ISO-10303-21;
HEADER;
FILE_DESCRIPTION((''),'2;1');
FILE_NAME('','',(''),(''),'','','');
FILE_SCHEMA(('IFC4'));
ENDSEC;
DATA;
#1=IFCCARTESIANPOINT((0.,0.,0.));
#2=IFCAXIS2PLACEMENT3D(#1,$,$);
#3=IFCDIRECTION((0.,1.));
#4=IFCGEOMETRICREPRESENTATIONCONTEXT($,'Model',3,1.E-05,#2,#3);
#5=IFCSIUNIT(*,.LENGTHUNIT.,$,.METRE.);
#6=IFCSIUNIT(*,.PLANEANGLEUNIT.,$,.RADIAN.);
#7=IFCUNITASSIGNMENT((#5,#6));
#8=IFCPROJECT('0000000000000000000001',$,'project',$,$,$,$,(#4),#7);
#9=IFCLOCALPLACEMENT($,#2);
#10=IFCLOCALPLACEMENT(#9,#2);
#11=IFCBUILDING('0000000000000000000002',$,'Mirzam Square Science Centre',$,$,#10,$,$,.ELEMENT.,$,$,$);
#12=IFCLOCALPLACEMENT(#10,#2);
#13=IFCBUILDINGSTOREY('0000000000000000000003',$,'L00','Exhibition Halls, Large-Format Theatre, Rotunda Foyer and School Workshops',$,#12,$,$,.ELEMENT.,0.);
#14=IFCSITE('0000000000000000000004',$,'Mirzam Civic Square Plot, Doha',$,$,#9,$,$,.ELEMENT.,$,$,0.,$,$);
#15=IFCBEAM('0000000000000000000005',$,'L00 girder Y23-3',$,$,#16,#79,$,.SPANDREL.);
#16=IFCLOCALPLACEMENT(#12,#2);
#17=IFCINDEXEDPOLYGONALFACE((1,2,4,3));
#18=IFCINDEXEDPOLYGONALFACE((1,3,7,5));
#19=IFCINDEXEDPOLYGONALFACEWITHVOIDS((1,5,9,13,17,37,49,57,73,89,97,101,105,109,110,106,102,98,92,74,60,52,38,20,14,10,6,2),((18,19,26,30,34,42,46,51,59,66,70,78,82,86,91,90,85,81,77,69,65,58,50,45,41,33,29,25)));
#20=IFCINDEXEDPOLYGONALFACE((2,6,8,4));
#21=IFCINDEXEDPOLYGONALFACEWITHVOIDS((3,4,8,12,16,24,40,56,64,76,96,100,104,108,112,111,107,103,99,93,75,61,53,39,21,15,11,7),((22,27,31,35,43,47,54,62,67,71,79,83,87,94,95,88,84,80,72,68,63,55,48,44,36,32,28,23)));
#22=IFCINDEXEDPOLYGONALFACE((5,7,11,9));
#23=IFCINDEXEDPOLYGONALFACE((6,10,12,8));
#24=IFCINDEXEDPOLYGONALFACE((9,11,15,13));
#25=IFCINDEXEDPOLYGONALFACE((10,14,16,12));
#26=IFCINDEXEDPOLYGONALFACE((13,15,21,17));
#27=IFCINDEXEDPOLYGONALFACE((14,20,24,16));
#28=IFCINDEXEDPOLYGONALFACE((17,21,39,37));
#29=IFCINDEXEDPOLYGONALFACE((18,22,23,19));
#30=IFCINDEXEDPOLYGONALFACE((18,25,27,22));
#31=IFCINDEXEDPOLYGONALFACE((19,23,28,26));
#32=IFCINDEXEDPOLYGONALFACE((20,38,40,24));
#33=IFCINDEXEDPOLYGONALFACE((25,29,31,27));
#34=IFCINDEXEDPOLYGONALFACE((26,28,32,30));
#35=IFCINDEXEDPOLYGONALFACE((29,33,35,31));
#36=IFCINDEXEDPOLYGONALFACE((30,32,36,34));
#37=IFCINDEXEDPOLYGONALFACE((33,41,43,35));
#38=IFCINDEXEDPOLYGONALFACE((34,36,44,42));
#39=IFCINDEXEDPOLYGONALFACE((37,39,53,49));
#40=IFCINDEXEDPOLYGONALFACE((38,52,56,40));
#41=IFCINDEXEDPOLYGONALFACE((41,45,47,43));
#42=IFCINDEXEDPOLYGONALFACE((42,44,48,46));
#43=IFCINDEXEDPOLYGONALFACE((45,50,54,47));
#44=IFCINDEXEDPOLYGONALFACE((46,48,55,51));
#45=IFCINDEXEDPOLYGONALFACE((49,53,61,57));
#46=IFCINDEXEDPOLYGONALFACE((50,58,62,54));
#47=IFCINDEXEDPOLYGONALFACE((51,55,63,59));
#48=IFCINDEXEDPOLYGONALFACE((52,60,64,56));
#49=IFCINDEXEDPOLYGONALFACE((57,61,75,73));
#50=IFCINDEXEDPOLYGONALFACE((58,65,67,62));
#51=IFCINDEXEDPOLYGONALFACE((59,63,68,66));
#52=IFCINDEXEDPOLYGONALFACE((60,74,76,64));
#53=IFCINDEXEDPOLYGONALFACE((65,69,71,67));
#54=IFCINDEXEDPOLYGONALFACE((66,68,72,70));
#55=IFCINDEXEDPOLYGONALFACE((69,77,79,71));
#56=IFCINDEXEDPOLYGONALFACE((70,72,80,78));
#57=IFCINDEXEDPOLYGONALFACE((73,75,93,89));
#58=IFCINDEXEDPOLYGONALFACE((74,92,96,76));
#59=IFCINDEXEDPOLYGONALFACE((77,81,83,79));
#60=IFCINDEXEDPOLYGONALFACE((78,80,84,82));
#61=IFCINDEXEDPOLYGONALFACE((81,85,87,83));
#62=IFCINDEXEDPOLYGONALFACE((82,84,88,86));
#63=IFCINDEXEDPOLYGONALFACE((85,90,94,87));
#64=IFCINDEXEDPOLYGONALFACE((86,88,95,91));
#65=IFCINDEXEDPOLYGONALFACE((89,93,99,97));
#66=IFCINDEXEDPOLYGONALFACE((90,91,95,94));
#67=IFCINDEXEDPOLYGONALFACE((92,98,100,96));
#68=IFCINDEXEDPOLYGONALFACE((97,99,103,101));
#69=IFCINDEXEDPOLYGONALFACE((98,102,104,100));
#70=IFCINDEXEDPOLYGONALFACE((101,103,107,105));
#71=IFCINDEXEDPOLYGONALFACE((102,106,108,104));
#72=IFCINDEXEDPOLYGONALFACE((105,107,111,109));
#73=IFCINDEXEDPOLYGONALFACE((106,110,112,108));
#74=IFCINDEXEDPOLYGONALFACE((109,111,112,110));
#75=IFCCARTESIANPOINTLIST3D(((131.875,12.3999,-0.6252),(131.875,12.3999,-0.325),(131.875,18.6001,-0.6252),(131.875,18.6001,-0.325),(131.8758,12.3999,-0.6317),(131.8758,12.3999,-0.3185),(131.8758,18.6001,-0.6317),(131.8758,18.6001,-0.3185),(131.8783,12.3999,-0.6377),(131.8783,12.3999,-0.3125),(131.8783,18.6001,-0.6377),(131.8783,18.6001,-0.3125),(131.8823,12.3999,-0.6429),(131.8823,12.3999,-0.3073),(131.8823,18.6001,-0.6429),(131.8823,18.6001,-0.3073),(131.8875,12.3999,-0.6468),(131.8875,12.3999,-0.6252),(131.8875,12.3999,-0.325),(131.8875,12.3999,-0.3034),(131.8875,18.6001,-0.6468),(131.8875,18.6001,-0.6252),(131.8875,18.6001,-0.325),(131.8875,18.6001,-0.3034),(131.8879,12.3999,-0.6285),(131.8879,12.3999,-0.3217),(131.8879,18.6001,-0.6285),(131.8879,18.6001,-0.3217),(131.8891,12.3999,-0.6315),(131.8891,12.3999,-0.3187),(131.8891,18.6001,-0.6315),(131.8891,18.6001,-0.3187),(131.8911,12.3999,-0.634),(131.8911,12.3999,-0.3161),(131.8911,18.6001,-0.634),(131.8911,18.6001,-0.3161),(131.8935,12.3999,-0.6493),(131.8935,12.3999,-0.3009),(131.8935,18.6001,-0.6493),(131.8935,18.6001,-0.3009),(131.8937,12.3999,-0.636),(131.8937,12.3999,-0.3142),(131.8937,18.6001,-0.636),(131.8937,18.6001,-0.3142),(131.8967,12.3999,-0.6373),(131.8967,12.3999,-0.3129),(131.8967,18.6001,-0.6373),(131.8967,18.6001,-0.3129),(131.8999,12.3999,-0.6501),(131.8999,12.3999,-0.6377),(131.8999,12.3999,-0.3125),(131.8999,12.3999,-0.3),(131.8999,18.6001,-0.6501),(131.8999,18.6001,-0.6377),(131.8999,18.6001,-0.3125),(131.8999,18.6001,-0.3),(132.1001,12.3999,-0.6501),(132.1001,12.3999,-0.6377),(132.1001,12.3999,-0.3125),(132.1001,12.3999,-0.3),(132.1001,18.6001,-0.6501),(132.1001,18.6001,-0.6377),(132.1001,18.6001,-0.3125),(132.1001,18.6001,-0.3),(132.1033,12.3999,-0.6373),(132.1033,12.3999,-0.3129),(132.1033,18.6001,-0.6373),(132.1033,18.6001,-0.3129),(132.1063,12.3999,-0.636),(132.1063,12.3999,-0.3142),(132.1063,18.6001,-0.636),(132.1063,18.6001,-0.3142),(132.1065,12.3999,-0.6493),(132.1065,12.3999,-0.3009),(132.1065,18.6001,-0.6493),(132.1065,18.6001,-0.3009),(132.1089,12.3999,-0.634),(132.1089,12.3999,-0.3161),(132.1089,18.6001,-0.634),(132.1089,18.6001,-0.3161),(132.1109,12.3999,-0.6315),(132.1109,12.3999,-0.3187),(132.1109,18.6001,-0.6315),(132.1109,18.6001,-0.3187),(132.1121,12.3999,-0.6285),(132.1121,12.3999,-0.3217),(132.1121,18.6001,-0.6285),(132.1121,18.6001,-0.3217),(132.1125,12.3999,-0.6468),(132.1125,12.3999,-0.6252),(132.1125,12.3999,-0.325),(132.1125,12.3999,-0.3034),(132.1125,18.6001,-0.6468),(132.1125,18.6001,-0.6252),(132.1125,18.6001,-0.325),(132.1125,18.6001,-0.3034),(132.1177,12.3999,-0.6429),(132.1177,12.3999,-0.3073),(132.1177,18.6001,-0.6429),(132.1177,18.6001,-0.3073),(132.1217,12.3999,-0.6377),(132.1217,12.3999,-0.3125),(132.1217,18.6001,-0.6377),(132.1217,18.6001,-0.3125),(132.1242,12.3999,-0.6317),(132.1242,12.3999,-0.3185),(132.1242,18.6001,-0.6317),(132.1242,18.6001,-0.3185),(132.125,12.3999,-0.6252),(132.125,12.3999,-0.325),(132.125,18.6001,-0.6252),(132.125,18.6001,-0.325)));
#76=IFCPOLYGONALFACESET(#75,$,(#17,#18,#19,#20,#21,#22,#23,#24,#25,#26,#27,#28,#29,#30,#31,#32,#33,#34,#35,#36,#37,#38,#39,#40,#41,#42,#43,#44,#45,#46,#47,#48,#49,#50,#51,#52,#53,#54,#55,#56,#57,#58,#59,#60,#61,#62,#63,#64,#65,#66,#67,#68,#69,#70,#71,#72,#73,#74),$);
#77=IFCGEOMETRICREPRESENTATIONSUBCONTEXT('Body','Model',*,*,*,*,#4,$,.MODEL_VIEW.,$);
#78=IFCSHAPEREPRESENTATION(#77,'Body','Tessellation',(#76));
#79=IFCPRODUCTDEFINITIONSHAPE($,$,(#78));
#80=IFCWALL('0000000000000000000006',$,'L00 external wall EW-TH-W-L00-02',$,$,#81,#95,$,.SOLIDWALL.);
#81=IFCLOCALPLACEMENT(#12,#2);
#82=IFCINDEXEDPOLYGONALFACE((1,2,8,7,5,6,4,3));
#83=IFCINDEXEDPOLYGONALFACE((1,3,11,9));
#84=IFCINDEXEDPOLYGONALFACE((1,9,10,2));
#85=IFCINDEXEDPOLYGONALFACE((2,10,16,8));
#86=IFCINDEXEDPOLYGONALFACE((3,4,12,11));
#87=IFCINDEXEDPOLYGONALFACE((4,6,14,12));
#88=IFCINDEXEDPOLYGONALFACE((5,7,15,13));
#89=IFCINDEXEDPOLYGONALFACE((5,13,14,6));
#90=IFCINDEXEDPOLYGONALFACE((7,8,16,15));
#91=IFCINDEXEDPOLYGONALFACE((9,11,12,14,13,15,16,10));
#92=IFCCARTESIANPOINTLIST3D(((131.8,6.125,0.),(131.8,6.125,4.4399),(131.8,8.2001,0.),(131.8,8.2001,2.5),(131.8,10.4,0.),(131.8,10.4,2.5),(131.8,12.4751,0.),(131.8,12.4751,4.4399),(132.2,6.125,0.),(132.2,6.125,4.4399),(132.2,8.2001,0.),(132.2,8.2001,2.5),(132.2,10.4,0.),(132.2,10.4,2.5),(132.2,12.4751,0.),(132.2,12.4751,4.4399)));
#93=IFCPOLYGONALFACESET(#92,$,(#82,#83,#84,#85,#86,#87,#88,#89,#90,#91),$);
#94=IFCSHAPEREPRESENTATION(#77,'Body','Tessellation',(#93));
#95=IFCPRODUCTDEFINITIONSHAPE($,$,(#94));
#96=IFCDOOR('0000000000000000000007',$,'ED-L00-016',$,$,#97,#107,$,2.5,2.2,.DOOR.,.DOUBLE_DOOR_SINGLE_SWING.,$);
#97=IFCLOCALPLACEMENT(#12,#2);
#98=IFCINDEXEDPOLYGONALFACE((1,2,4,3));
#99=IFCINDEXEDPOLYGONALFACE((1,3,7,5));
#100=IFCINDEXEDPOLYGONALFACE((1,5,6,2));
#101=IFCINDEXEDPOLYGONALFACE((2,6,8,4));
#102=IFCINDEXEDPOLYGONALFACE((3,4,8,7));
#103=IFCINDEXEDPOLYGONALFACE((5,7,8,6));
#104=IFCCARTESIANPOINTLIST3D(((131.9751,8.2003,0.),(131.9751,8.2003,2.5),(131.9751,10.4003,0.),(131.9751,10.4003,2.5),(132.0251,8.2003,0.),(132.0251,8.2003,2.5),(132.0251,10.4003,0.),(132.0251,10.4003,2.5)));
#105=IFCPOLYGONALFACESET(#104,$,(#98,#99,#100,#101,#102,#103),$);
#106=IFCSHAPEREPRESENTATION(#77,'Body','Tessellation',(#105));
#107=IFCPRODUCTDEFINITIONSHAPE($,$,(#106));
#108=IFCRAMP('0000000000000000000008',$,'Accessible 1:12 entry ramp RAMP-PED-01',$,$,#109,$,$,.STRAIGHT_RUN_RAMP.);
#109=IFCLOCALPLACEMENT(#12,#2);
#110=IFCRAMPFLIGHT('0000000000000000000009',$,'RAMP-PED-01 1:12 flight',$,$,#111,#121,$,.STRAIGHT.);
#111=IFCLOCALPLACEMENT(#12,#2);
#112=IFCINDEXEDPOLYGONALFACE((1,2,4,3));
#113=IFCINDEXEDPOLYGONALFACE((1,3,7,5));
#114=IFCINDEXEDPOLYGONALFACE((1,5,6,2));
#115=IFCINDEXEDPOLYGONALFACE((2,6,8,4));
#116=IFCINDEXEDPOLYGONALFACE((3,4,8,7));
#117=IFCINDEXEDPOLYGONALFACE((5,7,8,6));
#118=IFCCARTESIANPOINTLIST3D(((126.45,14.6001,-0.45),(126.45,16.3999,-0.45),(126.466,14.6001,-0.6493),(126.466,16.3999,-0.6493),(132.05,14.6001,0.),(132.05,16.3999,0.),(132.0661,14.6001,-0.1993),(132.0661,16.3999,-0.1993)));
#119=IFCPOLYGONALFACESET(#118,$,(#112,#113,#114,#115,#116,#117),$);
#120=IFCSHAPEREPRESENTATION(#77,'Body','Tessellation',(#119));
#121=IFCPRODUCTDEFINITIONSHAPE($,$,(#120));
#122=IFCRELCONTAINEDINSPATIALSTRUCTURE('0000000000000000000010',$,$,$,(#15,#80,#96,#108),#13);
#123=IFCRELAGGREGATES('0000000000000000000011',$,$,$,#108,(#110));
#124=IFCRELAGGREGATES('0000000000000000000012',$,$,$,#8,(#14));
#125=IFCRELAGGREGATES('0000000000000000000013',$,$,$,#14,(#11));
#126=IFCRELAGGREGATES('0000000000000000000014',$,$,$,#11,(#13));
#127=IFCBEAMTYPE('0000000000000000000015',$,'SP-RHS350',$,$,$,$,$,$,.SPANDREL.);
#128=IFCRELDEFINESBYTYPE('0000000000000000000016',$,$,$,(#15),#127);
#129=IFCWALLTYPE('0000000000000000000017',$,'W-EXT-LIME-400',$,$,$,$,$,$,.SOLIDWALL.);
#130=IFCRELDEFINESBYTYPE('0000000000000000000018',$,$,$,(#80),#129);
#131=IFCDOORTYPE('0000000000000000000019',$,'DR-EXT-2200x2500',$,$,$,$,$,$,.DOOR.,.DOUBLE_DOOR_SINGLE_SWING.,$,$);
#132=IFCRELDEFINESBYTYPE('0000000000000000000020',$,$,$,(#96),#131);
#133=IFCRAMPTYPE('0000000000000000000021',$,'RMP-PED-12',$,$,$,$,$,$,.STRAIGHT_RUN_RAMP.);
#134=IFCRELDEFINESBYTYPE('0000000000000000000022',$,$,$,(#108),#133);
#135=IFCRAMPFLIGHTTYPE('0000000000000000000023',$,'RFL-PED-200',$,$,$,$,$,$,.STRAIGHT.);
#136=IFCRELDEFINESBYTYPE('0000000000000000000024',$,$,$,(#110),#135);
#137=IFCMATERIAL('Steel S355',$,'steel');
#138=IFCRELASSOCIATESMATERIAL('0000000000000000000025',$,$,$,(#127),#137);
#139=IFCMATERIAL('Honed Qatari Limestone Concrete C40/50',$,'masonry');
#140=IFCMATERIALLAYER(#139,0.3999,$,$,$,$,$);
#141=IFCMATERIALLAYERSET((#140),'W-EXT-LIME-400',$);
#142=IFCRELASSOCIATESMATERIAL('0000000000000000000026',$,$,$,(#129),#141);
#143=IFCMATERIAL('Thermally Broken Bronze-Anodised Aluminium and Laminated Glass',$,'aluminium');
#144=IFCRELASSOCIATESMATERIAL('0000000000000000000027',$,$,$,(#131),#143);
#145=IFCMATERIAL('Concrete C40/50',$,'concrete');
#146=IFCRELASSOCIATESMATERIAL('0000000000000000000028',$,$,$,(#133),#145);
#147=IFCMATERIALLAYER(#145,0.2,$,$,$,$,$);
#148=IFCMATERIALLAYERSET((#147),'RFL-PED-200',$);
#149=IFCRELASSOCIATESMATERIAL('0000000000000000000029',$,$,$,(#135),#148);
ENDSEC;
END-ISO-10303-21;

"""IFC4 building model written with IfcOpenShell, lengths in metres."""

from ifc_helpers import new_model, si_unit, direction, frame, frame_2d, origin, origin_2d, place, context, subcontext, project, spatial, polyline, rectangle, hollow_rectangle, outline, extrude, material, layer, layer_set, material_profile, profile_set, type_object, element, fill, aggregate, save


model = new_model("IFC4")

# Units and contexts
model_context = context("Model", 3, precision=1e-05, world=origin(), true_north=direction((0.0, 1.0)))
body_context = subcontext(model_context, "Body", "Model", "MODEL_VIEW")
ifc_project = project(units=[si_unit("LENGTHUNIT", "METRE"), si_unit("PLANEANGLEUNIT", "RADIAN")], contexts=[model_context])

# Site, building, storey
site_placement = place(None, origin())
site = spatial("IfcSite", under=ifc_project, at=site_placement, Name="Mirzam Civic Square Plot, Doha", CompositionType="ELEMENT", RefElevation=0.0)
building_placement = place(site_placement, origin())
building = spatial("IfcBuilding", under=site, at=building_placement, Name="Mirzam Square Science Centre", CompositionType="ELEMENT")
storey_placement = place(building_placement, origin())
storey = spatial("IfcBuildingStorey", under=building, at=storey_placement, Name="L00", Description="Exhibition Halls, Large-Format Theatre, Rotunda Foyer and School Workshops", CompositionType="ELEMENT", Elevation=0.0)

# Shared definitions
ifc_material_1 = material(Name="Steel S355", Category="steel")

# Beam
ifc_material_profile_1 = material_profile(ifc_material_1, hollow_rectangle(XDim=0.25, YDim=0.3501, WallThickness=0.0125, InnerFilletRadius=0.0125, OuterFilletRadius=0.0249, at=origin_2d()), Name="350x250x12.5RHS")
ifc_profile_set_1 = profile_set([ifc_material_profile_1], Name="Steel S355")
beam_type_1 = type_object("IfcBeamType", Name="SP-RHS350", PredefinedType="SPANDREL", material=ifc_profile_set_1)
beam_1_placement = place(storey_placement, frame((132.0, 12.3999, -0.4751), z_axis=(0.0, 1.0, 0.0), x_axis=(-1.0, 0.0, 0.0)))
element("IfcBeam", 1, at=beam_1_placement, inside=storey, type_object=beam_type_1, Name="L00 girder Y23-3", PredefinedType="SPANDREL", context=body_context, shape_type="SweptSolid", body=[
    extrude(hollow_rectangle(XDim=0.25, YDim=0.3501, WallThickness=0.0125, InnerFilletRadius=0.0125, OuterFilletRadius=0.0249, at=origin_2d()), origin(), (0.0, 0.0, 1.0), 6.2002),
])

# Wall, opening, door
ifc_material_2 = material(Name="Honed Qatari Limestone Concrete C40/50", Category="masonry")
ifc_layer_1 = layer(ifc_material_2, 0.3999)
ifc_layer_set_1 = layer_set([ifc_layer_1], Name="W-EXT-LIME-400")
wall_type = type_object("IfcWallType", Name="W-EXT-LIME-400", PredefinedType="SOLIDWALL", material=ifc_layer_set_1)
wall_placement = place(storey_placement, frame((132.0, 12.4751, 0.0), z_axis=(0.0, 0.0, 1.0), x_axis=(0.0, -1.0, 0.0)))
wall = element("IfcWall", 2, at=wall_placement, inside=storey, type_object=wall_type, Name="L00 external wall EW-TH-W-L00-02", PredefinedType="SOLIDWALL", context=body_context, shape_type="SweptSolid", body=[
    extrude(rectangle(XDim=6.3501, YDim=0.3999, at=frame_2d((3.175, 0.0))), origin(), (0.0, 0.0, 1.0), 4.4399),
])
opening_placement = place(wall_placement, frame((2.075, 0.0, 0.0)))
opening = element("IfcOpeningElement", 3, at=opening_placement, cuts=wall, PredefinedType="OPENING", context=body_context, shape_type="SweptSolid", body=[
    extrude(rectangle(XDim=2.2, YDim=2.5, at=frame_2d((1.1001, 1.25))), frame((0.0, 0.21, 0.0), z_axis=(0.0, -1.0, 0.0), x_axis=(1.0, 0.0, 0.0)), (0.0, 0.0, 1.0), 0.4199),
])
ifc_material_3 = material(Name="Thermally Broken Bronze-Anodised Aluminium and Laminated Glass", Category="aluminium")
door_type = type_object("IfcDoorType", Name="DR-EXT-2200x2500", OperationType="DOUBLE_DOOR_SINGLE_SWING", PredefinedType="DOOR", material=ifc_material_3)
door_placement = place(opening_placement, frame((2.2, 0.0, 0.0), z_axis=(0.0, 0.0, 1.0), x_axis=(-1.0, 0.0, 0.0)))
door = element("IfcDoor", 4, at=door_placement, inside=storey, type_object=door_type, Name="ED-L00-016", OperationType="DOUBLE_DOOR_SINGLE_SWING", OverallHeight=2.5, OverallWidth=2.2, PredefinedType="DOOR", context=body_context, shape_type="SweptSolid", body=[
    extrude(rectangle(XDim=2.2, YDim=2.5, at=frame_2d((1.1001, 1.25))), frame((0.0, 0.0249, 0.0), z_axis=(0.0, -1.0, 0.0), x_axis=(1.0, 0.0, 0.0)), (0.0, 0.0, 1.0), 0.05),
])
fill(opening, door)

# Ramp, ramp flight
ifc_material_4 = material(Name="Concrete C40/50", Category="concrete")
ramp_type = type_object("IfcRampType", Name="RMP-PED-12", PredefinedType="STRAIGHT_RUN_RAMP", material=ifc_material_4)
ramp_placement = place(storey_placement, origin())
ramp = element("IfcRamp", 5, at=ramp_placement, inside=storey, type_object=ramp_type, Name="Accessible 1:12 entry ramp RAMP-PED-01", PredefinedType="STRAIGHT_RUN_RAMP")
ifc_layer_2 = layer(ifc_material_4, 0.2)
ifc_layer_set_2 = layer_set([ifc_layer_2], Name="RFL-PED-200")
ramp_flight_type = type_object("IfcRampFlightType", Name="RFL-PED-200", PredefinedType="STRAIGHT", material=ifc_layer_set_2)
ramp_flight_placement = place(storey_placement, frame((126.45, 14.6001, -0.45), z_axis=(-0.080089, 0.0, 0.996788), x_axis=(0.996788, 0.0, 0.080089)))
ramp_flight = element("IfcRampFlight", 6, at=ramp_flight_placement, type_object=ramp_flight_type, Name="RAMP-PED-01 1:12 flight", PredefinedType="STRAIGHT", context=body_context, shape_type="SweptSolid", body=[
    extrude(outline(polyline([(0.0, 0.0), (5.6181, 0.0), (5.6181, 1.7998), (0.0, 1.7998), (0.0, 0.0)])), origin(), (0.0, 0.0, -1.0), 0.2),
])
aggregate(ramp, [ramp_flight])

save(model, "model.ifc")
